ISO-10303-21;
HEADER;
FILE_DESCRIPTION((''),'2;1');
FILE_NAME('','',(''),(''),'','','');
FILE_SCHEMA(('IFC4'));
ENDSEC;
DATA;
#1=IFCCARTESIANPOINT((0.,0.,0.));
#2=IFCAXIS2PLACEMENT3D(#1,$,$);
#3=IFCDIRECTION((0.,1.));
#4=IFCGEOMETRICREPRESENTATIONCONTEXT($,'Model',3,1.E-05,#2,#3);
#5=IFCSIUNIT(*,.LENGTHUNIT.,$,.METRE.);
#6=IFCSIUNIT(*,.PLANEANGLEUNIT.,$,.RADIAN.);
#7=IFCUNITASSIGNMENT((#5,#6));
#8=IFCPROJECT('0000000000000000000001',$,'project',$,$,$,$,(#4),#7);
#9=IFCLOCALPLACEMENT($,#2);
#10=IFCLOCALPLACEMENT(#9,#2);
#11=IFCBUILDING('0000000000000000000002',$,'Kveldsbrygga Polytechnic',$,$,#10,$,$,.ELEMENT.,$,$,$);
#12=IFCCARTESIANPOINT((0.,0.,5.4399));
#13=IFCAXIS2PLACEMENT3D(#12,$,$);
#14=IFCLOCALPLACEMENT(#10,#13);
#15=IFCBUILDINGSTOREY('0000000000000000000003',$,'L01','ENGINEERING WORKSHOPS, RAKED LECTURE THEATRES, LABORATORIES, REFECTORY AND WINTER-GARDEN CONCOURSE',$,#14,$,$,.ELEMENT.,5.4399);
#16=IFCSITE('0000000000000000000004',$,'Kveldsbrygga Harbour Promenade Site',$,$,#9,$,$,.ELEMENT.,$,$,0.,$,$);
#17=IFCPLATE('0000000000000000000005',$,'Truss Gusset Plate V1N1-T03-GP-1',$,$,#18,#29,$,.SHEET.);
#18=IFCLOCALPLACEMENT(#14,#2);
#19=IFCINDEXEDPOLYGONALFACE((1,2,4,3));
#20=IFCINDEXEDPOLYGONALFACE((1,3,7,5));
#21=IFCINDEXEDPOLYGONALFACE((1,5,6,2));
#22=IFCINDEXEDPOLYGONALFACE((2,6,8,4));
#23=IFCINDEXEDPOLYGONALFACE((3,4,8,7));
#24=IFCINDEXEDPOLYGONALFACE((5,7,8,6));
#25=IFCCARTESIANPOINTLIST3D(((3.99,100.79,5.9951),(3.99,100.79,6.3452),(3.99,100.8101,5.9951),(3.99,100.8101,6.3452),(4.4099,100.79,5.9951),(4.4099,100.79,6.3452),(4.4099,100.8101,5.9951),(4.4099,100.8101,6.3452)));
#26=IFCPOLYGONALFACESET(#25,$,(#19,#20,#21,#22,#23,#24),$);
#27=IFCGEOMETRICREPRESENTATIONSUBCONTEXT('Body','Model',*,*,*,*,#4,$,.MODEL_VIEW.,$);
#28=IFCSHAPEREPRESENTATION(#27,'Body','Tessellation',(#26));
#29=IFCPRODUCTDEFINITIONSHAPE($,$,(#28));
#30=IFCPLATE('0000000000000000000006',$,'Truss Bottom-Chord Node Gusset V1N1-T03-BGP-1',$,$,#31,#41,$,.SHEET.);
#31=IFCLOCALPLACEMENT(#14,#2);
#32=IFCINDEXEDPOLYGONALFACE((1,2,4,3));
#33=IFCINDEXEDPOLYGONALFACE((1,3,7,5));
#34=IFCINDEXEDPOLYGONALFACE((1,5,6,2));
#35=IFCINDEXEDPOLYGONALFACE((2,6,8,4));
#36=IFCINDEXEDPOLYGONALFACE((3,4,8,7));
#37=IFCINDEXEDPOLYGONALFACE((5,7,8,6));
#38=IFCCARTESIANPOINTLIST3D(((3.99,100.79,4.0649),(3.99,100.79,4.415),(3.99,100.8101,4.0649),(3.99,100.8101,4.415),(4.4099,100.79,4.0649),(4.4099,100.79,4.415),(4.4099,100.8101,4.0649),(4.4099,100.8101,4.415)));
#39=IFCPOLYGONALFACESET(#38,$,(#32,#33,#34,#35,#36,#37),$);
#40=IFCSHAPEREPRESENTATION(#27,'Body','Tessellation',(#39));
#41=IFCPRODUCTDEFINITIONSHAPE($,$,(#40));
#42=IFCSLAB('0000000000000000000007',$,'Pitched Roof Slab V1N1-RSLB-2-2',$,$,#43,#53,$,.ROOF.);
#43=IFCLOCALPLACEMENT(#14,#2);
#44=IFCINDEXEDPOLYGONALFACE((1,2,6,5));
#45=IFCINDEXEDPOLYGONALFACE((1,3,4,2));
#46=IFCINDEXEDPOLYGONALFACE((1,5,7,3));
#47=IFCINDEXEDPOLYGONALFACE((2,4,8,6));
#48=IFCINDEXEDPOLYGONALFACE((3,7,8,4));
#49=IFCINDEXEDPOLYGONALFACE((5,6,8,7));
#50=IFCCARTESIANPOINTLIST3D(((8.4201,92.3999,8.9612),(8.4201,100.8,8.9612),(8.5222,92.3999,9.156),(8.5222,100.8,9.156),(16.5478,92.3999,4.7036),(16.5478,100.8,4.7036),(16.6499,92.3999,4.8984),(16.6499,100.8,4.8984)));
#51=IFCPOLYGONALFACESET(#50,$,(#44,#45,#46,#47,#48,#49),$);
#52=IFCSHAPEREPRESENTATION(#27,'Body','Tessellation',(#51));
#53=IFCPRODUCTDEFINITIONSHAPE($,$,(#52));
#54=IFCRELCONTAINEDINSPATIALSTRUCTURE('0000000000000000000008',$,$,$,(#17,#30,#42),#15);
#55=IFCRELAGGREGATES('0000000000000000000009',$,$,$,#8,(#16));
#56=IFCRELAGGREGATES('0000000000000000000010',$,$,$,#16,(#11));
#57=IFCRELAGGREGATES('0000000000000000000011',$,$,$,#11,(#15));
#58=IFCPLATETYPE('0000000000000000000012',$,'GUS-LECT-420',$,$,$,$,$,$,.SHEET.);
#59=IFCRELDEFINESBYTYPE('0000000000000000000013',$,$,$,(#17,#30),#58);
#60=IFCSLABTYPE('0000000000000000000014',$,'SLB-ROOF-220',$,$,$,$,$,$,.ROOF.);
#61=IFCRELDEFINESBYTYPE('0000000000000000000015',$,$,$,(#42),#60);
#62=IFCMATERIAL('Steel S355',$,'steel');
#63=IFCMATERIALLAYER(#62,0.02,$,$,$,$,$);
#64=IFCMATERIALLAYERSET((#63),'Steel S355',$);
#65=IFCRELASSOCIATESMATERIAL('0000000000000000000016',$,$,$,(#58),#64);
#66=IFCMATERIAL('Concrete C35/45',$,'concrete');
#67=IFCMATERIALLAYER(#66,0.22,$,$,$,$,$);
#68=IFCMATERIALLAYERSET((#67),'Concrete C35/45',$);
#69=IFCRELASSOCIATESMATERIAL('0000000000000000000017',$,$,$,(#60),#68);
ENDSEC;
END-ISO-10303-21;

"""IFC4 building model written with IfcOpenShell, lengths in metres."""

from ifc_helpers import new_model, si_unit, direction, frame, origin, origin_2d, place, context, subcontext, project, spatial, polyline, rectangle, outline, extrude, material, layer, layer_set, type_object, element, save


model = new_model("IFC4")

# Units and contexts
model_context = context("Model", 3, precision=1e-05, world=origin(), true_north=direction((0.0, 1.0)))
body_context = subcontext(model_context, "Body", "Model", "MODEL_VIEW")
ifc_project = project(units=[si_unit("LENGTHUNIT", "METRE"), si_unit("PLANEANGLEUNIT", "RADIAN")], contexts=[model_context])

# Site, building, storey
site_placement = place(None, origin())
site = spatial("IfcSite", under=ifc_project, at=site_placement, Name="Kveldsbrygga Harbour Promenade Site", CompositionType="ELEMENT", RefElevation=0.0)
building_placement = place(site_placement, origin())
building = spatial("IfcBuilding", under=site, at=building_placement, Name="Kveldsbrygga Polytechnic", CompositionType="ELEMENT")
storey_placement = place(building_placement, frame((0.0, 0.0, 5.4399)))
storey = spatial("IfcBuildingStorey", under=building, at=storey_placement, Name="L01", Description="ENGINEERING WORKSHOPS, RAKED LECTURE THEATRES, LABORATORIES, REFECTORY AND WINTER-GARDEN CONCOURSE", CompositionType="ELEMENT", Elevation=5.4399)

# Shared definitions
ifc_material_1 = material(Name="Steel S355", Category="steel")

# Plates
ifc_layer_1 = layer(ifc_material_1, 0.02)
ifc_layer_set_1 = layer_set([ifc_layer_1], Name="Steel S355")
plate_type_1 = type_object("IfcPlateType", Name="GUS-LECT-420", PredefinedType="SHEET", material=ifc_layer_set_1)
for number, where, z_axis, x_axis, name in (
    (1, (4.2, 100.8, 5.9951), (0.0, 0.0, 1.0), (1.0, 0.0, 0.0), "Truss Gusset Plate V1N1-T03-GP-1"),
    (2, (4.2, 100.8, 4.0649), (0.0, 0.0, 1.0), (1.0, 0.0, 0.0), "Truss Bottom-Chord Node Gusset V1N1-T03-BGP-1"),
):
    element("IfcPlate", number, at=place(storey_placement, frame(where, z_axis=z_axis, x_axis=x_axis)), inside=storey, type_object=plate_type_1, Name=name, PredefinedType="SHEET", context=body_context, shape_type="SweptSolid", body=[
        extrude(rectangle(XDim=0.4199, YDim=0.02, at=origin_2d()), origin(), (0.0, 0.0, 1.0), 0.3501),
    ])

# Slab
ifc_material_2 = material(Name="Concrete C35/45", Category="concrete")
ifc_layer_2 = layer(ifc_material_2, 0.22)
ifc_layer_set_2 = layer_set([ifc_layer_2], Name="Concrete C35/45")
slab_type = type_object("IfcSlabType", Name="SLB-ROOF-220", PredefinedType="ROOF", material=ifc_layer_set_2)
slab_placement = place(storey_placement, frame((8.5222, 92.3999, 9.156), z_axis=(0.464025, 0.0, 0.885822), x_axis=(0.885822, 0.0, -0.464025)))
element("IfcSlab", 3, at=slab_placement, inside=storey, type_object=slab_type, Name="Pitched Roof Slab V1N1-RSLB-2-2", PredefinedType="ROOF", context=body_context, shape_type="SweptSolid", body=[
    extrude(outline(polyline([(0.0, 0.0), (9.1753, 0.0), (9.1753, 8.4001), (0.0, 8.4001), (0.0, 0.0)])), origin(), (0.0, 0.0, -1.0), 0.22),
])

save(model, "model.ifc")
